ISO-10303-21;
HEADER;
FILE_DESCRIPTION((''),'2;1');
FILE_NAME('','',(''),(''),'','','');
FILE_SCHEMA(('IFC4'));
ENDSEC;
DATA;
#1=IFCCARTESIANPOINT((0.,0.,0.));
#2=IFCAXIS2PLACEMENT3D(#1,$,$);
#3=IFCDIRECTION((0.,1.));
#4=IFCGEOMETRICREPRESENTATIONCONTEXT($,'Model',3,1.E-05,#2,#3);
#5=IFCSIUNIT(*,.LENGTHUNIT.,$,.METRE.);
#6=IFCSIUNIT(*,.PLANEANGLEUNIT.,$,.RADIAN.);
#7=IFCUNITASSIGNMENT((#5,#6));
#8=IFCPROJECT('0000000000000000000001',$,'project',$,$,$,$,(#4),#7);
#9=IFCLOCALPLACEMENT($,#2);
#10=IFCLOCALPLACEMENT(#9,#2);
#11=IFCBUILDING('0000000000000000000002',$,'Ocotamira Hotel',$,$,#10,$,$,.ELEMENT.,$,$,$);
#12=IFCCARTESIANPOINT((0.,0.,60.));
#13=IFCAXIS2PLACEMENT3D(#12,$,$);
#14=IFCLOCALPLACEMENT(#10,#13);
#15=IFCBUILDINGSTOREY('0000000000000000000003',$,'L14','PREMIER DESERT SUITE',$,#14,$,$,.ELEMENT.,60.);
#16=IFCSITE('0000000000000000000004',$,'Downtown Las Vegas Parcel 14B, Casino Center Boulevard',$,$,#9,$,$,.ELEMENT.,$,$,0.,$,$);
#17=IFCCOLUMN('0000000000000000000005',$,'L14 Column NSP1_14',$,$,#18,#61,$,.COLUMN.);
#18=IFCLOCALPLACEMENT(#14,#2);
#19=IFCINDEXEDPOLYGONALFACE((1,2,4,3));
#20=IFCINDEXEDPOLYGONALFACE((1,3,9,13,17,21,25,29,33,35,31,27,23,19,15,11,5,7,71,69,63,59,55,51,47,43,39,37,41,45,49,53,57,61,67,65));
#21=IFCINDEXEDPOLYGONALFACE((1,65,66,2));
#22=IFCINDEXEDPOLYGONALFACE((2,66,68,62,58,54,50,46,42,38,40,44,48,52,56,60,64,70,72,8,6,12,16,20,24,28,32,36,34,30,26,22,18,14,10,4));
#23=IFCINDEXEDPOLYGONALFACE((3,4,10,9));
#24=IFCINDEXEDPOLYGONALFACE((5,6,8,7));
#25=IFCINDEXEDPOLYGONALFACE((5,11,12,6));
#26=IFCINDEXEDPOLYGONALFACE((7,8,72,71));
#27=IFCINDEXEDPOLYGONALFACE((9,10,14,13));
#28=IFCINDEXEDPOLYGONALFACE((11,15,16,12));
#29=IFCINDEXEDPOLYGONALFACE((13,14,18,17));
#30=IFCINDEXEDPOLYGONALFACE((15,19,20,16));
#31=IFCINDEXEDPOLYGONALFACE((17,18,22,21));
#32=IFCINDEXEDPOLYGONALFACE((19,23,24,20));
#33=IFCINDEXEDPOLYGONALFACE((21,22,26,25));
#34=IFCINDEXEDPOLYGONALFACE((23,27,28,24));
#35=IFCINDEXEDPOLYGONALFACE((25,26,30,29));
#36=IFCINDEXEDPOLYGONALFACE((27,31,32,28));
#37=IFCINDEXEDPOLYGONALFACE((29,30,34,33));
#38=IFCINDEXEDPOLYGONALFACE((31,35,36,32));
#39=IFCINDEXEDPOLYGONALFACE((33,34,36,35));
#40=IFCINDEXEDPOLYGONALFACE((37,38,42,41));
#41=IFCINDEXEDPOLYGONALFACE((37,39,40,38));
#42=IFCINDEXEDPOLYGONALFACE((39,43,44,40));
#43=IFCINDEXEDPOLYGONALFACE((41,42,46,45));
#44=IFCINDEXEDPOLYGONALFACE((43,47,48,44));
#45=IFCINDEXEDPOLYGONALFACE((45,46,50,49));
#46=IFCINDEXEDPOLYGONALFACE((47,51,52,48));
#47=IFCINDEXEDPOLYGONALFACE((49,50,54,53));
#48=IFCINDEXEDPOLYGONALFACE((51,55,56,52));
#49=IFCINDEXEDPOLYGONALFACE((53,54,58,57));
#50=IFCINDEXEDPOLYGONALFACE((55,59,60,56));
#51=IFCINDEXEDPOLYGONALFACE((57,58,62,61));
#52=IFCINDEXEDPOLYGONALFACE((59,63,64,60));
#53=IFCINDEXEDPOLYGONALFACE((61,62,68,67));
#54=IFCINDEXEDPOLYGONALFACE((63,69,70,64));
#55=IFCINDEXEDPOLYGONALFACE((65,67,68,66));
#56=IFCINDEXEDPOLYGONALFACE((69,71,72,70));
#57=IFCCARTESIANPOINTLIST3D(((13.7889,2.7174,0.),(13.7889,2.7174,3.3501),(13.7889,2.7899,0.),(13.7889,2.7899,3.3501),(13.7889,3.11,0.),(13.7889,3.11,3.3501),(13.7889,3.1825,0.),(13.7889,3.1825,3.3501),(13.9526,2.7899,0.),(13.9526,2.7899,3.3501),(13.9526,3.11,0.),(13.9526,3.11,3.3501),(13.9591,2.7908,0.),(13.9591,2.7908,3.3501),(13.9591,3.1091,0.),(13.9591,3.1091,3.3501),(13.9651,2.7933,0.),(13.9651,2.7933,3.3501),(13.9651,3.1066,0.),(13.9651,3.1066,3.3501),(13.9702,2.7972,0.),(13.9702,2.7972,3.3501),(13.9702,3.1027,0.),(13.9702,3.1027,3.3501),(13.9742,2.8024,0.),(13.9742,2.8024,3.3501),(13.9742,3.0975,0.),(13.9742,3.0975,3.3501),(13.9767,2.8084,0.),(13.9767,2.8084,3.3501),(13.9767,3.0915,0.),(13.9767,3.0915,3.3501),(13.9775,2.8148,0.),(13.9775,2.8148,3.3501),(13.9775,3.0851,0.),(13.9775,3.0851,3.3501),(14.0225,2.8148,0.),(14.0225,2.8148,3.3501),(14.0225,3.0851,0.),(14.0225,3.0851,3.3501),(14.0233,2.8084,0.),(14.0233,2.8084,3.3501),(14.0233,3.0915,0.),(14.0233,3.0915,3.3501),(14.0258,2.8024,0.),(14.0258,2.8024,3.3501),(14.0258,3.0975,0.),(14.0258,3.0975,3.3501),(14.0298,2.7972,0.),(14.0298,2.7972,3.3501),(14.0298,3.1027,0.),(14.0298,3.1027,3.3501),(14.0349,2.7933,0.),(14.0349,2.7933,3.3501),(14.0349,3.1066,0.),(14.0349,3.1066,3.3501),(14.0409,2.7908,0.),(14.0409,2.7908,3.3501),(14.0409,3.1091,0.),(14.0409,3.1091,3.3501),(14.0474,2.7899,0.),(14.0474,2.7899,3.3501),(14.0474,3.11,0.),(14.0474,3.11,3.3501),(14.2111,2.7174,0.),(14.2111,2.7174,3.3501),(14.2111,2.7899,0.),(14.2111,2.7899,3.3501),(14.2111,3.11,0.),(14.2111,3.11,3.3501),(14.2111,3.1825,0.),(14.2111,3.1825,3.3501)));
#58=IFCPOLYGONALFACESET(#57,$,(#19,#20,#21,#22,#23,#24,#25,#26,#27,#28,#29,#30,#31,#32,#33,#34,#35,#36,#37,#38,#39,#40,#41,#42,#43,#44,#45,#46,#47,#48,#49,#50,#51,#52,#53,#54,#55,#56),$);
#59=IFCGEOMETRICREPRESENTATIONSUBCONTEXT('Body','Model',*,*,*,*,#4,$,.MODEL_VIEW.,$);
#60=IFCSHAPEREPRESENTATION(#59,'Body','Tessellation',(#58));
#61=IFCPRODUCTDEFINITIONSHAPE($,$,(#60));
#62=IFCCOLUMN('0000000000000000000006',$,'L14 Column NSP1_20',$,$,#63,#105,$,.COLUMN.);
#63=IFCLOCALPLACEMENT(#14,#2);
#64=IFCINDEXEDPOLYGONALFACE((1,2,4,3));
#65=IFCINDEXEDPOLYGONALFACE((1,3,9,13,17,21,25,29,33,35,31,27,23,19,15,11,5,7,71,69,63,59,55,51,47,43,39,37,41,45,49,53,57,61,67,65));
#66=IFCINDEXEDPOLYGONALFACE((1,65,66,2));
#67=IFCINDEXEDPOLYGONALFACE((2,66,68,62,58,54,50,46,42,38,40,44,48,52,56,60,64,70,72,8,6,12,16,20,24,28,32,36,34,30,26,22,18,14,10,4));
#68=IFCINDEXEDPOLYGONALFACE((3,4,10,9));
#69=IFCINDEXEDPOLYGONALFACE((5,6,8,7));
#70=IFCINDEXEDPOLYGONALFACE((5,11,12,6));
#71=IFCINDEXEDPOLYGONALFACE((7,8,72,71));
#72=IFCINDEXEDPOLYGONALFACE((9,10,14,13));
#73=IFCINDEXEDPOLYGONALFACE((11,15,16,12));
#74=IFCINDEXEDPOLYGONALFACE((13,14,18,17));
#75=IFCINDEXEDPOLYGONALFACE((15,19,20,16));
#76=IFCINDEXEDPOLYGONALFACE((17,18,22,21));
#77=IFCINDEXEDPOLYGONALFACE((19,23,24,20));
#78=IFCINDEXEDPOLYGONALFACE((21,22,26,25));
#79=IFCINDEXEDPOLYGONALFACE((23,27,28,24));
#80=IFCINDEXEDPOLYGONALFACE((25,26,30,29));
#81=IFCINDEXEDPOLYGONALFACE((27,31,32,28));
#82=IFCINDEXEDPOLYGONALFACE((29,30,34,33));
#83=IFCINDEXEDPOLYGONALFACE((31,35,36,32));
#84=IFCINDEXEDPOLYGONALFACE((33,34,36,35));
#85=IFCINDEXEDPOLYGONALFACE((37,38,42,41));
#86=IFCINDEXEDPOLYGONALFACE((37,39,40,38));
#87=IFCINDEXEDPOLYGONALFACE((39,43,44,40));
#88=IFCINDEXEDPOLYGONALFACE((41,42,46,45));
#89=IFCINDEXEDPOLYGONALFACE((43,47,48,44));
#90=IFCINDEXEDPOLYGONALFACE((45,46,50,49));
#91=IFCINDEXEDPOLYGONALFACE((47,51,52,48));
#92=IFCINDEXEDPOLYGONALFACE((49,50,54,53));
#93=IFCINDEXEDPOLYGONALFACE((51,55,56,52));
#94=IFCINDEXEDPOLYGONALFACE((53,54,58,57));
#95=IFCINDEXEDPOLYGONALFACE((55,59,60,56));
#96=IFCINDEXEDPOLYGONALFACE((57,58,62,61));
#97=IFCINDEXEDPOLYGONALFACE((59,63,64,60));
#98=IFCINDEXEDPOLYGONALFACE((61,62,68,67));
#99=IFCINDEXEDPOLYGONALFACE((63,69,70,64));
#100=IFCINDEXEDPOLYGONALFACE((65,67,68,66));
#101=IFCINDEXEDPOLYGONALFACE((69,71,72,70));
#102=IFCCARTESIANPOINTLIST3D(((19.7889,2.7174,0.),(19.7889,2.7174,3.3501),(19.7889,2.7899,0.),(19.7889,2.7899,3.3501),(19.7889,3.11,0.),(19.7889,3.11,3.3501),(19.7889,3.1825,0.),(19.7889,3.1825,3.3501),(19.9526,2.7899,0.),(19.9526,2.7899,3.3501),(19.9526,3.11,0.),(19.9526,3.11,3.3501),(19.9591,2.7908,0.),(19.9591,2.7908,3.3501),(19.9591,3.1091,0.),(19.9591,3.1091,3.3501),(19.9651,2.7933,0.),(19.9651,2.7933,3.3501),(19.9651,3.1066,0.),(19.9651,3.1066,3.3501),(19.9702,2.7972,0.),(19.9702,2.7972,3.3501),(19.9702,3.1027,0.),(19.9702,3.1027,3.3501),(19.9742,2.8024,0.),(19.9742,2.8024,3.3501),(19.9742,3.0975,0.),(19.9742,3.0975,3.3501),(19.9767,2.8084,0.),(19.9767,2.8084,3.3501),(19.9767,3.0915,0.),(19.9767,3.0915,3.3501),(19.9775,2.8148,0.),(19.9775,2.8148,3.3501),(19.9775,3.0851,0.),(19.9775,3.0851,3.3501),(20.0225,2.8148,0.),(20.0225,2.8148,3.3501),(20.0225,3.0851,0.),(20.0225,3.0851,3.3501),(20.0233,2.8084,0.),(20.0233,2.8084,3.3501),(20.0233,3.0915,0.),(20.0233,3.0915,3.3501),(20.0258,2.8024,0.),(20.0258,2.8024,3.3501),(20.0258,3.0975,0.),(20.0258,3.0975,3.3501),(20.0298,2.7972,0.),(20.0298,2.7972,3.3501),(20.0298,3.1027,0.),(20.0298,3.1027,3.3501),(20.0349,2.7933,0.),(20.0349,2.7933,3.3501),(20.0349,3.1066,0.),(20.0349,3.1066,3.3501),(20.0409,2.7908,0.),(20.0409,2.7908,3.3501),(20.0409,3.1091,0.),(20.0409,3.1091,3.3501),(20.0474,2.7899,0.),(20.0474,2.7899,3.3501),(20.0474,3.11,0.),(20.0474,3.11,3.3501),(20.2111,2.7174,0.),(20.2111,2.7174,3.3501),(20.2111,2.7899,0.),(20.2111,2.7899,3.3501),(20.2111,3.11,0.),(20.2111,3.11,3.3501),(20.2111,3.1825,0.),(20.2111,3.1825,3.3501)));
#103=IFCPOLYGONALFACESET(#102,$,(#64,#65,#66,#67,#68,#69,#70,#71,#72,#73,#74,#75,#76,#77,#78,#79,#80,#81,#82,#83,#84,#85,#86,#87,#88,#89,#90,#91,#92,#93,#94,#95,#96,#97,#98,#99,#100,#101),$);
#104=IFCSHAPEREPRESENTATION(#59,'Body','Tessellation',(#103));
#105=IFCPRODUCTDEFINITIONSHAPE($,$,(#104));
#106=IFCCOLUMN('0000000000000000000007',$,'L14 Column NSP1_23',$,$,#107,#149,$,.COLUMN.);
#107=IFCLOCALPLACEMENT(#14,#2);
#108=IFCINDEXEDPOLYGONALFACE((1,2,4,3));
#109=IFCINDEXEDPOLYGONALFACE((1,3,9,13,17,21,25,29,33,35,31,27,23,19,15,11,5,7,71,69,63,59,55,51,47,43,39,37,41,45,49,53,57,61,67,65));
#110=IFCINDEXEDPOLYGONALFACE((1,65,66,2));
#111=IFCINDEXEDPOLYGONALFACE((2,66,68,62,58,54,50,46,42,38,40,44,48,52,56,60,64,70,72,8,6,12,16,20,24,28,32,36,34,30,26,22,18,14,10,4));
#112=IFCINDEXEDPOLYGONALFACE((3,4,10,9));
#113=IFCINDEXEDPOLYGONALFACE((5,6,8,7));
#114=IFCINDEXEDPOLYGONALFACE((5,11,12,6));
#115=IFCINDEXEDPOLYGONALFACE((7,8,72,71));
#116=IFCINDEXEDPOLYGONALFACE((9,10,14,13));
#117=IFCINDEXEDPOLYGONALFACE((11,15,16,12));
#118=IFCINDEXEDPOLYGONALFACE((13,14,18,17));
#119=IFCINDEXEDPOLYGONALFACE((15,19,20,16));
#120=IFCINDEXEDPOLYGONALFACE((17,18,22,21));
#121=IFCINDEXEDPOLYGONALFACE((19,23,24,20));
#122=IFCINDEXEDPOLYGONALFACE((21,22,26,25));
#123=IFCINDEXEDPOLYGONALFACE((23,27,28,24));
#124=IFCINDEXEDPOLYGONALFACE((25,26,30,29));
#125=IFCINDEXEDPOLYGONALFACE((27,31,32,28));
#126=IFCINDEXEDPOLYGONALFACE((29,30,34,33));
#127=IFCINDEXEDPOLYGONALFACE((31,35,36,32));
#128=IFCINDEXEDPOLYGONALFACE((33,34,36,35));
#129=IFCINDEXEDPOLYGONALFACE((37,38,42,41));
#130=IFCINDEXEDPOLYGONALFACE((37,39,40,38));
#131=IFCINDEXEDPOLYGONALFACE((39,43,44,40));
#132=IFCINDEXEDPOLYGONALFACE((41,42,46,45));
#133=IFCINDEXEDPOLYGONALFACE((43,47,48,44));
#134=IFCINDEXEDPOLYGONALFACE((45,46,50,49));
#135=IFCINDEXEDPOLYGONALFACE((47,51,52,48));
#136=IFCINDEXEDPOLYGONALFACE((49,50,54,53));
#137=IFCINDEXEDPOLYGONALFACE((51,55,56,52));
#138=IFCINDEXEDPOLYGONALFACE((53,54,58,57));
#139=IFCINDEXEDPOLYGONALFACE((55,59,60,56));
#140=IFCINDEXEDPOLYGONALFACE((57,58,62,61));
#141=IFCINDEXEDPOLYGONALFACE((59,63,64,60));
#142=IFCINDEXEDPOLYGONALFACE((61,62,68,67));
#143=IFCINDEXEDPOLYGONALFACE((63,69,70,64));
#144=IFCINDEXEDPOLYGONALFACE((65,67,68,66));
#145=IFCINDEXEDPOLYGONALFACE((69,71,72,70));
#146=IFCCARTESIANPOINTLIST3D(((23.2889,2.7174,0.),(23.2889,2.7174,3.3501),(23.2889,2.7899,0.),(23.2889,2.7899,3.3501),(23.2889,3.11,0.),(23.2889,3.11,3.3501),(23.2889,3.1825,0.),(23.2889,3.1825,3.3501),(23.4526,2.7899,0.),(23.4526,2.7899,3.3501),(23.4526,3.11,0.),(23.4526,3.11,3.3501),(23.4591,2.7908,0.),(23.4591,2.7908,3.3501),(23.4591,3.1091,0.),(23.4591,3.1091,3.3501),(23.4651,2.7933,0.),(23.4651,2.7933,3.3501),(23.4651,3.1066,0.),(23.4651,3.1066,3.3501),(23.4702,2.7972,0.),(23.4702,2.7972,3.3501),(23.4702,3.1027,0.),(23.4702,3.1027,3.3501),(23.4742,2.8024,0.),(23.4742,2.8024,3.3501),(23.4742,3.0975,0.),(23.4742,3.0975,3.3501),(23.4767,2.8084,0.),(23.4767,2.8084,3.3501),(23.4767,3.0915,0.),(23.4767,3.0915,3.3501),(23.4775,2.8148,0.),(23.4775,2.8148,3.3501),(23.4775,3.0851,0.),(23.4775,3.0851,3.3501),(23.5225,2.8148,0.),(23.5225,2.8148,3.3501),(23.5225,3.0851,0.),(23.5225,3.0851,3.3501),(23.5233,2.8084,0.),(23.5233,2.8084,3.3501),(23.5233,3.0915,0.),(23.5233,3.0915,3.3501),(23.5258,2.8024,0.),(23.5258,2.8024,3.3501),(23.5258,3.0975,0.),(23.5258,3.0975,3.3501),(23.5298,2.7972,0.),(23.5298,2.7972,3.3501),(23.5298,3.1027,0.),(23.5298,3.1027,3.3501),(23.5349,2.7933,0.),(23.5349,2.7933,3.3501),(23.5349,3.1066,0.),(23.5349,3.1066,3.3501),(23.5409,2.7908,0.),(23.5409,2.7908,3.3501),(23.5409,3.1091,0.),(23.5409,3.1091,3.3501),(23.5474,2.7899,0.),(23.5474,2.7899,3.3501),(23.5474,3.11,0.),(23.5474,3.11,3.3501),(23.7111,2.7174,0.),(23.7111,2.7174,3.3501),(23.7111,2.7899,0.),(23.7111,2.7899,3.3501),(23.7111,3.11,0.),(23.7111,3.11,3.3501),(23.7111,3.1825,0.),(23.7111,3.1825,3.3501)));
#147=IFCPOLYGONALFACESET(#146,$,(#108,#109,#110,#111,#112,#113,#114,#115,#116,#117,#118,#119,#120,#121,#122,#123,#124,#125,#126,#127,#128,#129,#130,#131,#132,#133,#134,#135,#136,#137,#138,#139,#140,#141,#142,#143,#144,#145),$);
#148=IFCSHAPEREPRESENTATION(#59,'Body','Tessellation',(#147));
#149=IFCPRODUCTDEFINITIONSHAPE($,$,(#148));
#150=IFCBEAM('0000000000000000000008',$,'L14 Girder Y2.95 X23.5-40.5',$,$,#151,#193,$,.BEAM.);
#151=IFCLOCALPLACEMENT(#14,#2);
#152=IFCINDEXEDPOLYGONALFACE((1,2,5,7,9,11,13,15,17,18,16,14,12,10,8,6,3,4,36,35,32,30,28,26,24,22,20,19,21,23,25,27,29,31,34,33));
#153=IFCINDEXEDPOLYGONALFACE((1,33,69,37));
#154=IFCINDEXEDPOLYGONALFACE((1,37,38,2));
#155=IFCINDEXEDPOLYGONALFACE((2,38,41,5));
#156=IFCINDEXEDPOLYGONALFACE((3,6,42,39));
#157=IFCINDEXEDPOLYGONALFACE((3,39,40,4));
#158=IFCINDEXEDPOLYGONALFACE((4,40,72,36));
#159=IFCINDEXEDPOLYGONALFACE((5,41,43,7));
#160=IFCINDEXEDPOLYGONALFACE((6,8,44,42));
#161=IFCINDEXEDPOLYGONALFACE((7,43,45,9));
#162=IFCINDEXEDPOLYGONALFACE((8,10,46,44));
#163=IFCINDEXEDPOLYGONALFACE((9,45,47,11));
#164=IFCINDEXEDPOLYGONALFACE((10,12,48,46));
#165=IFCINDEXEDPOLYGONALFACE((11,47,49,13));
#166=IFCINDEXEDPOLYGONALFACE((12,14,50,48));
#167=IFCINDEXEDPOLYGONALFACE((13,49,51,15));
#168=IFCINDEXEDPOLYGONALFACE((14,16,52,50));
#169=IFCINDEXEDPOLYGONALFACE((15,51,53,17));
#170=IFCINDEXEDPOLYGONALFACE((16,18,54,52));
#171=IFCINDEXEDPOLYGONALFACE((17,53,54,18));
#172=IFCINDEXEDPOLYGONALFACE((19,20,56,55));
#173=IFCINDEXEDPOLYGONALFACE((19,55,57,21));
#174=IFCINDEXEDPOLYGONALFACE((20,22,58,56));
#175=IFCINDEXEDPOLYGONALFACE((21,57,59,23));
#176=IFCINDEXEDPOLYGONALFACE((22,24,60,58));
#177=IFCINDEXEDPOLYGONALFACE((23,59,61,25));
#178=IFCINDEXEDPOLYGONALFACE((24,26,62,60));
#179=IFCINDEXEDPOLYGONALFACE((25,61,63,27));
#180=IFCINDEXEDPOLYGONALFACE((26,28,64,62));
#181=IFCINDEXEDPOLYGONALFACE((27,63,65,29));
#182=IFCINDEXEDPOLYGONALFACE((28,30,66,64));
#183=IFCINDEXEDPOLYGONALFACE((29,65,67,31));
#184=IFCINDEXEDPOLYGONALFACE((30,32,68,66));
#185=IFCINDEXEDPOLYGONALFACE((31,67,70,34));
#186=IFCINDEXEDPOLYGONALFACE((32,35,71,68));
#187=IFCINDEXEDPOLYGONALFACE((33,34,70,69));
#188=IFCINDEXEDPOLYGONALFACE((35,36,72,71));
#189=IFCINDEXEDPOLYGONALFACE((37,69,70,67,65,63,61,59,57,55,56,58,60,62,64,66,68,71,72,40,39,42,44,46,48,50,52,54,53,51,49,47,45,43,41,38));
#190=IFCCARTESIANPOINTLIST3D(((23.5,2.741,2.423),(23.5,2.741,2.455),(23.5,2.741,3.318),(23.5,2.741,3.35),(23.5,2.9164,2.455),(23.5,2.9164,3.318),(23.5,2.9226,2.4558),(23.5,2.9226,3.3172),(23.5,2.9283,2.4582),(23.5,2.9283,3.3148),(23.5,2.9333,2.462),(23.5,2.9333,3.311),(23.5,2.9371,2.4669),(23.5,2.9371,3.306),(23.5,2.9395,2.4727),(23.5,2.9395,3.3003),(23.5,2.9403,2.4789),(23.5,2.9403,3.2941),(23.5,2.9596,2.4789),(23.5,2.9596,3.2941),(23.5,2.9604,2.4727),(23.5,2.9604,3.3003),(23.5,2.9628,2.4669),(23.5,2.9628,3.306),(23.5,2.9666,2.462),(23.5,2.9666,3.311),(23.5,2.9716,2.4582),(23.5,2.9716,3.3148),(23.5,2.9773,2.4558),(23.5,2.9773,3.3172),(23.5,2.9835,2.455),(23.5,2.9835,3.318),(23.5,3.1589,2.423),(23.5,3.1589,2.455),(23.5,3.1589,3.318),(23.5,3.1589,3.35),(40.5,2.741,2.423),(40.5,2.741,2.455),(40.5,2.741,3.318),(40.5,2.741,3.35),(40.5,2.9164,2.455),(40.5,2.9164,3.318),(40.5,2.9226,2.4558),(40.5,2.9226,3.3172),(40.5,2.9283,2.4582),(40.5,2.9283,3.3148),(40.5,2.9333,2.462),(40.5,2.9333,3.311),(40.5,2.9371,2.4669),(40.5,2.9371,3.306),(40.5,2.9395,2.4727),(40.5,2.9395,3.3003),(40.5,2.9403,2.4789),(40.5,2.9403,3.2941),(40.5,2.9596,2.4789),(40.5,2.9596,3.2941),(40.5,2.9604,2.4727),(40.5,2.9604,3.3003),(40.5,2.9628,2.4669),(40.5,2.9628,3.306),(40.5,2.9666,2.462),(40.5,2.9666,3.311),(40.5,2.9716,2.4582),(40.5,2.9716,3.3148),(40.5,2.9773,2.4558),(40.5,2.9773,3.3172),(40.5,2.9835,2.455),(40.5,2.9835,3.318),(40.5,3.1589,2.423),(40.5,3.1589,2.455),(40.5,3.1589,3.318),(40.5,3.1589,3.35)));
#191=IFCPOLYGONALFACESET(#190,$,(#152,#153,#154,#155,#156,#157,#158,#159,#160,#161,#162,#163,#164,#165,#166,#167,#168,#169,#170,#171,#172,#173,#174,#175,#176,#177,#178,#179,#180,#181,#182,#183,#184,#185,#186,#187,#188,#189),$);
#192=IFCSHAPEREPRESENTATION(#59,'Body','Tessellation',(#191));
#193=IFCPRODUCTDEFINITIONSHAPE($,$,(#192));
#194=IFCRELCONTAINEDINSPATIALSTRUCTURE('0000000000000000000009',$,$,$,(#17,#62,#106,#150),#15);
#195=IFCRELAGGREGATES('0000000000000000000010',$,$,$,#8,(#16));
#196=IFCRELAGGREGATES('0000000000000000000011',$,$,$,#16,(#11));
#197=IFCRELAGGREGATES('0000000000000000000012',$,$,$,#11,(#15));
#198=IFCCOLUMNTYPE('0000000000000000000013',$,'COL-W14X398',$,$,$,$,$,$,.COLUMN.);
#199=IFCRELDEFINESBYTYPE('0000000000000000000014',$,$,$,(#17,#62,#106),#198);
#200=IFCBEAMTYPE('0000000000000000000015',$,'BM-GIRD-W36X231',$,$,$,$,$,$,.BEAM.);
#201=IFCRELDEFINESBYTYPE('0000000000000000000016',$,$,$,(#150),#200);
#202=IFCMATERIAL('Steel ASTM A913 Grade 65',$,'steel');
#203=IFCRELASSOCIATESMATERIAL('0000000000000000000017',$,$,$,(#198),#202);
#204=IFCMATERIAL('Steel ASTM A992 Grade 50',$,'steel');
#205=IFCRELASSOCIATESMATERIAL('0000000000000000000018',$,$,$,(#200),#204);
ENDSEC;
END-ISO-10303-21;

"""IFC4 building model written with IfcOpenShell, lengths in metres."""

from ifc_helpers import new_model, si_unit, direction, frame, origin, origin_2d, place, context, subcontext, project, spatial, i_section, extrude, source, transform, mapped, material, material_profile, profile_set, type_object, element, save


model = new_model("IFC4")

# Units and contexts
model_context = context("Model", 3, precision=1e-05, world=origin(), true_north=direction((0.0, 1.0)))
body_context = subcontext(model_context, "Body", "Model", "MODEL_VIEW")
ifc_project = project(units=[si_unit("LENGTHUNIT", "METRE"), si_unit("PLANEANGLEUNIT", "RADIAN")], contexts=[model_context])

# Site, building, storey
site_placement = place(None, origin())
site = spatial("IfcSite", under=ifc_project, at=site_placement, Name="Downtown Las Vegas Parcel 14B, Casino Center Boulevard", CompositionType="ELEMENT", RefElevation=0.0)
building_placement = place(site_placement, origin())
building = spatial("IfcBuilding", under=site, at=building_placement, Name="Ocotamira Hotel", CompositionType="ELEMENT")
storey_placement = place(building_placement, frame((0.0, 0.0, 60.0)))
storey = spatial("IfcBuildingStorey", under=building, at=storey_placement, Name="L14", Description="PREMIER DESERT SUITE", CompositionType="ELEMENT", Elevation=60.0)

# Columns
ifc_material_1 = material(Name="Steel ASTM A913 Grade 65", Category="steel")
ifc_material_profile_1 = material_profile(ifc_material_1, i_section(OverallWidth=0.4221, OverallDepth=0.4651, WebThickness=0.0449, FlangeThickness=0.0725, FilletRadius=0.0249, at=origin_2d()), Name="W14X398")
ifc_profile_set_1 = profile_set([ifc_material_profile_1], Name="Steel ASTM A913 Grade 65")
column_type = type_object("IfcColumnType", Name="COL-W14X398", PredefinedType="COLUMN", material=ifc_profile_set_1)
shared_shape_1 = source(origin(), body_context, "Body", "SweptSolid", [
    extrude(i_section(OverallWidth=0.4221, OverallDepth=0.4651, WebThickness=0.0449, FlangeThickness=0.0725, FilletRadius=0.0249, at=origin_2d()), origin(), (0.0, 0.0, 1.0), 3.3501),
])
for number, where, z_axis, x_axis, name in (
    (1, (14.0, 2.95, 0.0), (0.0, 0.0, 1.0), (1.0, 0.0, 0.0), "L14 Column NSP1_14"),
    (2, (20.0, 2.95, 0.0), (0.0, 0.0, 1.0), (1.0, 0.0, 0.0), "L14 Column NSP1_20"),
    (3, (23.5, 2.95, 0.0), (0.0, 0.0, 1.0), (1.0, 0.0, 0.0), "L14 Column NSP1_23"),
):
    element("IfcColumn", number, at=place(storey_placement, frame(where, z_axis=z_axis, x_axis=x_axis)), inside=storey, type_object=column_type, Name=name, PredefinedType="COLUMN", context=body_context, shape_type="MappedRepresentation", body=[
        mapped(shared_shape_1, transform((0.0, 0.0, 0.0), scale=1.0)),
    ])

# Beam
ifc_material_2 = material(Name="Steel ASTM A992 Grade 50", Category="steel")
ifc_material_profile_2 = material_profile(ifc_material_2, i_section(OverallWidth=0.418, OverallDepth=0.927, WebThickness=0.0193, FlangeThickness=0.032, FilletRadius=0.0239, at=origin_2d()), Name="W36X231")
ifc_profile_set_2 = profile_set([ifc_material_profile_2], Name="Steel ASTM A992 Grade 50")
beam_type_1 = type_object("IfcBeamType", Name="BM-GIRD-W36X231", PredefinedType="BEAM", material=ifc_profile_set_2)
shared_shape_2 = source(origin(), body_context, "Body", "SweptSolid", [
    extrude(i_section(OverallWidth=0.418, OverallDepth=0.927, WebThickness=0.0193, FlangeThickness=0.032, FilletRadius=0.0239, at=origin_2d()), origin(), (0.0, 0.0, 1.0), 17.0),
])
beam_1_placement = place(storey_placement, frame((23.5, 2.95, 2.8865), z_axis=(1.0, 0.0, 0.0), x_axis=(0.0, 1.0, 0.0)))
element("IfcBeam", 4, at=beam_1_placement, inside=storey, type_object=beam_type_1, Name="L14 Girder Y2.95 X23.5-40.5", PredefinedType="BEAM", context=body_context, shape_type="MappedRepresentation", body=[
    mapped(shared_shape_2, transform((0.0, 0.0, 0.0), scale=1.0)),
])

save(model, "model.ifc")
